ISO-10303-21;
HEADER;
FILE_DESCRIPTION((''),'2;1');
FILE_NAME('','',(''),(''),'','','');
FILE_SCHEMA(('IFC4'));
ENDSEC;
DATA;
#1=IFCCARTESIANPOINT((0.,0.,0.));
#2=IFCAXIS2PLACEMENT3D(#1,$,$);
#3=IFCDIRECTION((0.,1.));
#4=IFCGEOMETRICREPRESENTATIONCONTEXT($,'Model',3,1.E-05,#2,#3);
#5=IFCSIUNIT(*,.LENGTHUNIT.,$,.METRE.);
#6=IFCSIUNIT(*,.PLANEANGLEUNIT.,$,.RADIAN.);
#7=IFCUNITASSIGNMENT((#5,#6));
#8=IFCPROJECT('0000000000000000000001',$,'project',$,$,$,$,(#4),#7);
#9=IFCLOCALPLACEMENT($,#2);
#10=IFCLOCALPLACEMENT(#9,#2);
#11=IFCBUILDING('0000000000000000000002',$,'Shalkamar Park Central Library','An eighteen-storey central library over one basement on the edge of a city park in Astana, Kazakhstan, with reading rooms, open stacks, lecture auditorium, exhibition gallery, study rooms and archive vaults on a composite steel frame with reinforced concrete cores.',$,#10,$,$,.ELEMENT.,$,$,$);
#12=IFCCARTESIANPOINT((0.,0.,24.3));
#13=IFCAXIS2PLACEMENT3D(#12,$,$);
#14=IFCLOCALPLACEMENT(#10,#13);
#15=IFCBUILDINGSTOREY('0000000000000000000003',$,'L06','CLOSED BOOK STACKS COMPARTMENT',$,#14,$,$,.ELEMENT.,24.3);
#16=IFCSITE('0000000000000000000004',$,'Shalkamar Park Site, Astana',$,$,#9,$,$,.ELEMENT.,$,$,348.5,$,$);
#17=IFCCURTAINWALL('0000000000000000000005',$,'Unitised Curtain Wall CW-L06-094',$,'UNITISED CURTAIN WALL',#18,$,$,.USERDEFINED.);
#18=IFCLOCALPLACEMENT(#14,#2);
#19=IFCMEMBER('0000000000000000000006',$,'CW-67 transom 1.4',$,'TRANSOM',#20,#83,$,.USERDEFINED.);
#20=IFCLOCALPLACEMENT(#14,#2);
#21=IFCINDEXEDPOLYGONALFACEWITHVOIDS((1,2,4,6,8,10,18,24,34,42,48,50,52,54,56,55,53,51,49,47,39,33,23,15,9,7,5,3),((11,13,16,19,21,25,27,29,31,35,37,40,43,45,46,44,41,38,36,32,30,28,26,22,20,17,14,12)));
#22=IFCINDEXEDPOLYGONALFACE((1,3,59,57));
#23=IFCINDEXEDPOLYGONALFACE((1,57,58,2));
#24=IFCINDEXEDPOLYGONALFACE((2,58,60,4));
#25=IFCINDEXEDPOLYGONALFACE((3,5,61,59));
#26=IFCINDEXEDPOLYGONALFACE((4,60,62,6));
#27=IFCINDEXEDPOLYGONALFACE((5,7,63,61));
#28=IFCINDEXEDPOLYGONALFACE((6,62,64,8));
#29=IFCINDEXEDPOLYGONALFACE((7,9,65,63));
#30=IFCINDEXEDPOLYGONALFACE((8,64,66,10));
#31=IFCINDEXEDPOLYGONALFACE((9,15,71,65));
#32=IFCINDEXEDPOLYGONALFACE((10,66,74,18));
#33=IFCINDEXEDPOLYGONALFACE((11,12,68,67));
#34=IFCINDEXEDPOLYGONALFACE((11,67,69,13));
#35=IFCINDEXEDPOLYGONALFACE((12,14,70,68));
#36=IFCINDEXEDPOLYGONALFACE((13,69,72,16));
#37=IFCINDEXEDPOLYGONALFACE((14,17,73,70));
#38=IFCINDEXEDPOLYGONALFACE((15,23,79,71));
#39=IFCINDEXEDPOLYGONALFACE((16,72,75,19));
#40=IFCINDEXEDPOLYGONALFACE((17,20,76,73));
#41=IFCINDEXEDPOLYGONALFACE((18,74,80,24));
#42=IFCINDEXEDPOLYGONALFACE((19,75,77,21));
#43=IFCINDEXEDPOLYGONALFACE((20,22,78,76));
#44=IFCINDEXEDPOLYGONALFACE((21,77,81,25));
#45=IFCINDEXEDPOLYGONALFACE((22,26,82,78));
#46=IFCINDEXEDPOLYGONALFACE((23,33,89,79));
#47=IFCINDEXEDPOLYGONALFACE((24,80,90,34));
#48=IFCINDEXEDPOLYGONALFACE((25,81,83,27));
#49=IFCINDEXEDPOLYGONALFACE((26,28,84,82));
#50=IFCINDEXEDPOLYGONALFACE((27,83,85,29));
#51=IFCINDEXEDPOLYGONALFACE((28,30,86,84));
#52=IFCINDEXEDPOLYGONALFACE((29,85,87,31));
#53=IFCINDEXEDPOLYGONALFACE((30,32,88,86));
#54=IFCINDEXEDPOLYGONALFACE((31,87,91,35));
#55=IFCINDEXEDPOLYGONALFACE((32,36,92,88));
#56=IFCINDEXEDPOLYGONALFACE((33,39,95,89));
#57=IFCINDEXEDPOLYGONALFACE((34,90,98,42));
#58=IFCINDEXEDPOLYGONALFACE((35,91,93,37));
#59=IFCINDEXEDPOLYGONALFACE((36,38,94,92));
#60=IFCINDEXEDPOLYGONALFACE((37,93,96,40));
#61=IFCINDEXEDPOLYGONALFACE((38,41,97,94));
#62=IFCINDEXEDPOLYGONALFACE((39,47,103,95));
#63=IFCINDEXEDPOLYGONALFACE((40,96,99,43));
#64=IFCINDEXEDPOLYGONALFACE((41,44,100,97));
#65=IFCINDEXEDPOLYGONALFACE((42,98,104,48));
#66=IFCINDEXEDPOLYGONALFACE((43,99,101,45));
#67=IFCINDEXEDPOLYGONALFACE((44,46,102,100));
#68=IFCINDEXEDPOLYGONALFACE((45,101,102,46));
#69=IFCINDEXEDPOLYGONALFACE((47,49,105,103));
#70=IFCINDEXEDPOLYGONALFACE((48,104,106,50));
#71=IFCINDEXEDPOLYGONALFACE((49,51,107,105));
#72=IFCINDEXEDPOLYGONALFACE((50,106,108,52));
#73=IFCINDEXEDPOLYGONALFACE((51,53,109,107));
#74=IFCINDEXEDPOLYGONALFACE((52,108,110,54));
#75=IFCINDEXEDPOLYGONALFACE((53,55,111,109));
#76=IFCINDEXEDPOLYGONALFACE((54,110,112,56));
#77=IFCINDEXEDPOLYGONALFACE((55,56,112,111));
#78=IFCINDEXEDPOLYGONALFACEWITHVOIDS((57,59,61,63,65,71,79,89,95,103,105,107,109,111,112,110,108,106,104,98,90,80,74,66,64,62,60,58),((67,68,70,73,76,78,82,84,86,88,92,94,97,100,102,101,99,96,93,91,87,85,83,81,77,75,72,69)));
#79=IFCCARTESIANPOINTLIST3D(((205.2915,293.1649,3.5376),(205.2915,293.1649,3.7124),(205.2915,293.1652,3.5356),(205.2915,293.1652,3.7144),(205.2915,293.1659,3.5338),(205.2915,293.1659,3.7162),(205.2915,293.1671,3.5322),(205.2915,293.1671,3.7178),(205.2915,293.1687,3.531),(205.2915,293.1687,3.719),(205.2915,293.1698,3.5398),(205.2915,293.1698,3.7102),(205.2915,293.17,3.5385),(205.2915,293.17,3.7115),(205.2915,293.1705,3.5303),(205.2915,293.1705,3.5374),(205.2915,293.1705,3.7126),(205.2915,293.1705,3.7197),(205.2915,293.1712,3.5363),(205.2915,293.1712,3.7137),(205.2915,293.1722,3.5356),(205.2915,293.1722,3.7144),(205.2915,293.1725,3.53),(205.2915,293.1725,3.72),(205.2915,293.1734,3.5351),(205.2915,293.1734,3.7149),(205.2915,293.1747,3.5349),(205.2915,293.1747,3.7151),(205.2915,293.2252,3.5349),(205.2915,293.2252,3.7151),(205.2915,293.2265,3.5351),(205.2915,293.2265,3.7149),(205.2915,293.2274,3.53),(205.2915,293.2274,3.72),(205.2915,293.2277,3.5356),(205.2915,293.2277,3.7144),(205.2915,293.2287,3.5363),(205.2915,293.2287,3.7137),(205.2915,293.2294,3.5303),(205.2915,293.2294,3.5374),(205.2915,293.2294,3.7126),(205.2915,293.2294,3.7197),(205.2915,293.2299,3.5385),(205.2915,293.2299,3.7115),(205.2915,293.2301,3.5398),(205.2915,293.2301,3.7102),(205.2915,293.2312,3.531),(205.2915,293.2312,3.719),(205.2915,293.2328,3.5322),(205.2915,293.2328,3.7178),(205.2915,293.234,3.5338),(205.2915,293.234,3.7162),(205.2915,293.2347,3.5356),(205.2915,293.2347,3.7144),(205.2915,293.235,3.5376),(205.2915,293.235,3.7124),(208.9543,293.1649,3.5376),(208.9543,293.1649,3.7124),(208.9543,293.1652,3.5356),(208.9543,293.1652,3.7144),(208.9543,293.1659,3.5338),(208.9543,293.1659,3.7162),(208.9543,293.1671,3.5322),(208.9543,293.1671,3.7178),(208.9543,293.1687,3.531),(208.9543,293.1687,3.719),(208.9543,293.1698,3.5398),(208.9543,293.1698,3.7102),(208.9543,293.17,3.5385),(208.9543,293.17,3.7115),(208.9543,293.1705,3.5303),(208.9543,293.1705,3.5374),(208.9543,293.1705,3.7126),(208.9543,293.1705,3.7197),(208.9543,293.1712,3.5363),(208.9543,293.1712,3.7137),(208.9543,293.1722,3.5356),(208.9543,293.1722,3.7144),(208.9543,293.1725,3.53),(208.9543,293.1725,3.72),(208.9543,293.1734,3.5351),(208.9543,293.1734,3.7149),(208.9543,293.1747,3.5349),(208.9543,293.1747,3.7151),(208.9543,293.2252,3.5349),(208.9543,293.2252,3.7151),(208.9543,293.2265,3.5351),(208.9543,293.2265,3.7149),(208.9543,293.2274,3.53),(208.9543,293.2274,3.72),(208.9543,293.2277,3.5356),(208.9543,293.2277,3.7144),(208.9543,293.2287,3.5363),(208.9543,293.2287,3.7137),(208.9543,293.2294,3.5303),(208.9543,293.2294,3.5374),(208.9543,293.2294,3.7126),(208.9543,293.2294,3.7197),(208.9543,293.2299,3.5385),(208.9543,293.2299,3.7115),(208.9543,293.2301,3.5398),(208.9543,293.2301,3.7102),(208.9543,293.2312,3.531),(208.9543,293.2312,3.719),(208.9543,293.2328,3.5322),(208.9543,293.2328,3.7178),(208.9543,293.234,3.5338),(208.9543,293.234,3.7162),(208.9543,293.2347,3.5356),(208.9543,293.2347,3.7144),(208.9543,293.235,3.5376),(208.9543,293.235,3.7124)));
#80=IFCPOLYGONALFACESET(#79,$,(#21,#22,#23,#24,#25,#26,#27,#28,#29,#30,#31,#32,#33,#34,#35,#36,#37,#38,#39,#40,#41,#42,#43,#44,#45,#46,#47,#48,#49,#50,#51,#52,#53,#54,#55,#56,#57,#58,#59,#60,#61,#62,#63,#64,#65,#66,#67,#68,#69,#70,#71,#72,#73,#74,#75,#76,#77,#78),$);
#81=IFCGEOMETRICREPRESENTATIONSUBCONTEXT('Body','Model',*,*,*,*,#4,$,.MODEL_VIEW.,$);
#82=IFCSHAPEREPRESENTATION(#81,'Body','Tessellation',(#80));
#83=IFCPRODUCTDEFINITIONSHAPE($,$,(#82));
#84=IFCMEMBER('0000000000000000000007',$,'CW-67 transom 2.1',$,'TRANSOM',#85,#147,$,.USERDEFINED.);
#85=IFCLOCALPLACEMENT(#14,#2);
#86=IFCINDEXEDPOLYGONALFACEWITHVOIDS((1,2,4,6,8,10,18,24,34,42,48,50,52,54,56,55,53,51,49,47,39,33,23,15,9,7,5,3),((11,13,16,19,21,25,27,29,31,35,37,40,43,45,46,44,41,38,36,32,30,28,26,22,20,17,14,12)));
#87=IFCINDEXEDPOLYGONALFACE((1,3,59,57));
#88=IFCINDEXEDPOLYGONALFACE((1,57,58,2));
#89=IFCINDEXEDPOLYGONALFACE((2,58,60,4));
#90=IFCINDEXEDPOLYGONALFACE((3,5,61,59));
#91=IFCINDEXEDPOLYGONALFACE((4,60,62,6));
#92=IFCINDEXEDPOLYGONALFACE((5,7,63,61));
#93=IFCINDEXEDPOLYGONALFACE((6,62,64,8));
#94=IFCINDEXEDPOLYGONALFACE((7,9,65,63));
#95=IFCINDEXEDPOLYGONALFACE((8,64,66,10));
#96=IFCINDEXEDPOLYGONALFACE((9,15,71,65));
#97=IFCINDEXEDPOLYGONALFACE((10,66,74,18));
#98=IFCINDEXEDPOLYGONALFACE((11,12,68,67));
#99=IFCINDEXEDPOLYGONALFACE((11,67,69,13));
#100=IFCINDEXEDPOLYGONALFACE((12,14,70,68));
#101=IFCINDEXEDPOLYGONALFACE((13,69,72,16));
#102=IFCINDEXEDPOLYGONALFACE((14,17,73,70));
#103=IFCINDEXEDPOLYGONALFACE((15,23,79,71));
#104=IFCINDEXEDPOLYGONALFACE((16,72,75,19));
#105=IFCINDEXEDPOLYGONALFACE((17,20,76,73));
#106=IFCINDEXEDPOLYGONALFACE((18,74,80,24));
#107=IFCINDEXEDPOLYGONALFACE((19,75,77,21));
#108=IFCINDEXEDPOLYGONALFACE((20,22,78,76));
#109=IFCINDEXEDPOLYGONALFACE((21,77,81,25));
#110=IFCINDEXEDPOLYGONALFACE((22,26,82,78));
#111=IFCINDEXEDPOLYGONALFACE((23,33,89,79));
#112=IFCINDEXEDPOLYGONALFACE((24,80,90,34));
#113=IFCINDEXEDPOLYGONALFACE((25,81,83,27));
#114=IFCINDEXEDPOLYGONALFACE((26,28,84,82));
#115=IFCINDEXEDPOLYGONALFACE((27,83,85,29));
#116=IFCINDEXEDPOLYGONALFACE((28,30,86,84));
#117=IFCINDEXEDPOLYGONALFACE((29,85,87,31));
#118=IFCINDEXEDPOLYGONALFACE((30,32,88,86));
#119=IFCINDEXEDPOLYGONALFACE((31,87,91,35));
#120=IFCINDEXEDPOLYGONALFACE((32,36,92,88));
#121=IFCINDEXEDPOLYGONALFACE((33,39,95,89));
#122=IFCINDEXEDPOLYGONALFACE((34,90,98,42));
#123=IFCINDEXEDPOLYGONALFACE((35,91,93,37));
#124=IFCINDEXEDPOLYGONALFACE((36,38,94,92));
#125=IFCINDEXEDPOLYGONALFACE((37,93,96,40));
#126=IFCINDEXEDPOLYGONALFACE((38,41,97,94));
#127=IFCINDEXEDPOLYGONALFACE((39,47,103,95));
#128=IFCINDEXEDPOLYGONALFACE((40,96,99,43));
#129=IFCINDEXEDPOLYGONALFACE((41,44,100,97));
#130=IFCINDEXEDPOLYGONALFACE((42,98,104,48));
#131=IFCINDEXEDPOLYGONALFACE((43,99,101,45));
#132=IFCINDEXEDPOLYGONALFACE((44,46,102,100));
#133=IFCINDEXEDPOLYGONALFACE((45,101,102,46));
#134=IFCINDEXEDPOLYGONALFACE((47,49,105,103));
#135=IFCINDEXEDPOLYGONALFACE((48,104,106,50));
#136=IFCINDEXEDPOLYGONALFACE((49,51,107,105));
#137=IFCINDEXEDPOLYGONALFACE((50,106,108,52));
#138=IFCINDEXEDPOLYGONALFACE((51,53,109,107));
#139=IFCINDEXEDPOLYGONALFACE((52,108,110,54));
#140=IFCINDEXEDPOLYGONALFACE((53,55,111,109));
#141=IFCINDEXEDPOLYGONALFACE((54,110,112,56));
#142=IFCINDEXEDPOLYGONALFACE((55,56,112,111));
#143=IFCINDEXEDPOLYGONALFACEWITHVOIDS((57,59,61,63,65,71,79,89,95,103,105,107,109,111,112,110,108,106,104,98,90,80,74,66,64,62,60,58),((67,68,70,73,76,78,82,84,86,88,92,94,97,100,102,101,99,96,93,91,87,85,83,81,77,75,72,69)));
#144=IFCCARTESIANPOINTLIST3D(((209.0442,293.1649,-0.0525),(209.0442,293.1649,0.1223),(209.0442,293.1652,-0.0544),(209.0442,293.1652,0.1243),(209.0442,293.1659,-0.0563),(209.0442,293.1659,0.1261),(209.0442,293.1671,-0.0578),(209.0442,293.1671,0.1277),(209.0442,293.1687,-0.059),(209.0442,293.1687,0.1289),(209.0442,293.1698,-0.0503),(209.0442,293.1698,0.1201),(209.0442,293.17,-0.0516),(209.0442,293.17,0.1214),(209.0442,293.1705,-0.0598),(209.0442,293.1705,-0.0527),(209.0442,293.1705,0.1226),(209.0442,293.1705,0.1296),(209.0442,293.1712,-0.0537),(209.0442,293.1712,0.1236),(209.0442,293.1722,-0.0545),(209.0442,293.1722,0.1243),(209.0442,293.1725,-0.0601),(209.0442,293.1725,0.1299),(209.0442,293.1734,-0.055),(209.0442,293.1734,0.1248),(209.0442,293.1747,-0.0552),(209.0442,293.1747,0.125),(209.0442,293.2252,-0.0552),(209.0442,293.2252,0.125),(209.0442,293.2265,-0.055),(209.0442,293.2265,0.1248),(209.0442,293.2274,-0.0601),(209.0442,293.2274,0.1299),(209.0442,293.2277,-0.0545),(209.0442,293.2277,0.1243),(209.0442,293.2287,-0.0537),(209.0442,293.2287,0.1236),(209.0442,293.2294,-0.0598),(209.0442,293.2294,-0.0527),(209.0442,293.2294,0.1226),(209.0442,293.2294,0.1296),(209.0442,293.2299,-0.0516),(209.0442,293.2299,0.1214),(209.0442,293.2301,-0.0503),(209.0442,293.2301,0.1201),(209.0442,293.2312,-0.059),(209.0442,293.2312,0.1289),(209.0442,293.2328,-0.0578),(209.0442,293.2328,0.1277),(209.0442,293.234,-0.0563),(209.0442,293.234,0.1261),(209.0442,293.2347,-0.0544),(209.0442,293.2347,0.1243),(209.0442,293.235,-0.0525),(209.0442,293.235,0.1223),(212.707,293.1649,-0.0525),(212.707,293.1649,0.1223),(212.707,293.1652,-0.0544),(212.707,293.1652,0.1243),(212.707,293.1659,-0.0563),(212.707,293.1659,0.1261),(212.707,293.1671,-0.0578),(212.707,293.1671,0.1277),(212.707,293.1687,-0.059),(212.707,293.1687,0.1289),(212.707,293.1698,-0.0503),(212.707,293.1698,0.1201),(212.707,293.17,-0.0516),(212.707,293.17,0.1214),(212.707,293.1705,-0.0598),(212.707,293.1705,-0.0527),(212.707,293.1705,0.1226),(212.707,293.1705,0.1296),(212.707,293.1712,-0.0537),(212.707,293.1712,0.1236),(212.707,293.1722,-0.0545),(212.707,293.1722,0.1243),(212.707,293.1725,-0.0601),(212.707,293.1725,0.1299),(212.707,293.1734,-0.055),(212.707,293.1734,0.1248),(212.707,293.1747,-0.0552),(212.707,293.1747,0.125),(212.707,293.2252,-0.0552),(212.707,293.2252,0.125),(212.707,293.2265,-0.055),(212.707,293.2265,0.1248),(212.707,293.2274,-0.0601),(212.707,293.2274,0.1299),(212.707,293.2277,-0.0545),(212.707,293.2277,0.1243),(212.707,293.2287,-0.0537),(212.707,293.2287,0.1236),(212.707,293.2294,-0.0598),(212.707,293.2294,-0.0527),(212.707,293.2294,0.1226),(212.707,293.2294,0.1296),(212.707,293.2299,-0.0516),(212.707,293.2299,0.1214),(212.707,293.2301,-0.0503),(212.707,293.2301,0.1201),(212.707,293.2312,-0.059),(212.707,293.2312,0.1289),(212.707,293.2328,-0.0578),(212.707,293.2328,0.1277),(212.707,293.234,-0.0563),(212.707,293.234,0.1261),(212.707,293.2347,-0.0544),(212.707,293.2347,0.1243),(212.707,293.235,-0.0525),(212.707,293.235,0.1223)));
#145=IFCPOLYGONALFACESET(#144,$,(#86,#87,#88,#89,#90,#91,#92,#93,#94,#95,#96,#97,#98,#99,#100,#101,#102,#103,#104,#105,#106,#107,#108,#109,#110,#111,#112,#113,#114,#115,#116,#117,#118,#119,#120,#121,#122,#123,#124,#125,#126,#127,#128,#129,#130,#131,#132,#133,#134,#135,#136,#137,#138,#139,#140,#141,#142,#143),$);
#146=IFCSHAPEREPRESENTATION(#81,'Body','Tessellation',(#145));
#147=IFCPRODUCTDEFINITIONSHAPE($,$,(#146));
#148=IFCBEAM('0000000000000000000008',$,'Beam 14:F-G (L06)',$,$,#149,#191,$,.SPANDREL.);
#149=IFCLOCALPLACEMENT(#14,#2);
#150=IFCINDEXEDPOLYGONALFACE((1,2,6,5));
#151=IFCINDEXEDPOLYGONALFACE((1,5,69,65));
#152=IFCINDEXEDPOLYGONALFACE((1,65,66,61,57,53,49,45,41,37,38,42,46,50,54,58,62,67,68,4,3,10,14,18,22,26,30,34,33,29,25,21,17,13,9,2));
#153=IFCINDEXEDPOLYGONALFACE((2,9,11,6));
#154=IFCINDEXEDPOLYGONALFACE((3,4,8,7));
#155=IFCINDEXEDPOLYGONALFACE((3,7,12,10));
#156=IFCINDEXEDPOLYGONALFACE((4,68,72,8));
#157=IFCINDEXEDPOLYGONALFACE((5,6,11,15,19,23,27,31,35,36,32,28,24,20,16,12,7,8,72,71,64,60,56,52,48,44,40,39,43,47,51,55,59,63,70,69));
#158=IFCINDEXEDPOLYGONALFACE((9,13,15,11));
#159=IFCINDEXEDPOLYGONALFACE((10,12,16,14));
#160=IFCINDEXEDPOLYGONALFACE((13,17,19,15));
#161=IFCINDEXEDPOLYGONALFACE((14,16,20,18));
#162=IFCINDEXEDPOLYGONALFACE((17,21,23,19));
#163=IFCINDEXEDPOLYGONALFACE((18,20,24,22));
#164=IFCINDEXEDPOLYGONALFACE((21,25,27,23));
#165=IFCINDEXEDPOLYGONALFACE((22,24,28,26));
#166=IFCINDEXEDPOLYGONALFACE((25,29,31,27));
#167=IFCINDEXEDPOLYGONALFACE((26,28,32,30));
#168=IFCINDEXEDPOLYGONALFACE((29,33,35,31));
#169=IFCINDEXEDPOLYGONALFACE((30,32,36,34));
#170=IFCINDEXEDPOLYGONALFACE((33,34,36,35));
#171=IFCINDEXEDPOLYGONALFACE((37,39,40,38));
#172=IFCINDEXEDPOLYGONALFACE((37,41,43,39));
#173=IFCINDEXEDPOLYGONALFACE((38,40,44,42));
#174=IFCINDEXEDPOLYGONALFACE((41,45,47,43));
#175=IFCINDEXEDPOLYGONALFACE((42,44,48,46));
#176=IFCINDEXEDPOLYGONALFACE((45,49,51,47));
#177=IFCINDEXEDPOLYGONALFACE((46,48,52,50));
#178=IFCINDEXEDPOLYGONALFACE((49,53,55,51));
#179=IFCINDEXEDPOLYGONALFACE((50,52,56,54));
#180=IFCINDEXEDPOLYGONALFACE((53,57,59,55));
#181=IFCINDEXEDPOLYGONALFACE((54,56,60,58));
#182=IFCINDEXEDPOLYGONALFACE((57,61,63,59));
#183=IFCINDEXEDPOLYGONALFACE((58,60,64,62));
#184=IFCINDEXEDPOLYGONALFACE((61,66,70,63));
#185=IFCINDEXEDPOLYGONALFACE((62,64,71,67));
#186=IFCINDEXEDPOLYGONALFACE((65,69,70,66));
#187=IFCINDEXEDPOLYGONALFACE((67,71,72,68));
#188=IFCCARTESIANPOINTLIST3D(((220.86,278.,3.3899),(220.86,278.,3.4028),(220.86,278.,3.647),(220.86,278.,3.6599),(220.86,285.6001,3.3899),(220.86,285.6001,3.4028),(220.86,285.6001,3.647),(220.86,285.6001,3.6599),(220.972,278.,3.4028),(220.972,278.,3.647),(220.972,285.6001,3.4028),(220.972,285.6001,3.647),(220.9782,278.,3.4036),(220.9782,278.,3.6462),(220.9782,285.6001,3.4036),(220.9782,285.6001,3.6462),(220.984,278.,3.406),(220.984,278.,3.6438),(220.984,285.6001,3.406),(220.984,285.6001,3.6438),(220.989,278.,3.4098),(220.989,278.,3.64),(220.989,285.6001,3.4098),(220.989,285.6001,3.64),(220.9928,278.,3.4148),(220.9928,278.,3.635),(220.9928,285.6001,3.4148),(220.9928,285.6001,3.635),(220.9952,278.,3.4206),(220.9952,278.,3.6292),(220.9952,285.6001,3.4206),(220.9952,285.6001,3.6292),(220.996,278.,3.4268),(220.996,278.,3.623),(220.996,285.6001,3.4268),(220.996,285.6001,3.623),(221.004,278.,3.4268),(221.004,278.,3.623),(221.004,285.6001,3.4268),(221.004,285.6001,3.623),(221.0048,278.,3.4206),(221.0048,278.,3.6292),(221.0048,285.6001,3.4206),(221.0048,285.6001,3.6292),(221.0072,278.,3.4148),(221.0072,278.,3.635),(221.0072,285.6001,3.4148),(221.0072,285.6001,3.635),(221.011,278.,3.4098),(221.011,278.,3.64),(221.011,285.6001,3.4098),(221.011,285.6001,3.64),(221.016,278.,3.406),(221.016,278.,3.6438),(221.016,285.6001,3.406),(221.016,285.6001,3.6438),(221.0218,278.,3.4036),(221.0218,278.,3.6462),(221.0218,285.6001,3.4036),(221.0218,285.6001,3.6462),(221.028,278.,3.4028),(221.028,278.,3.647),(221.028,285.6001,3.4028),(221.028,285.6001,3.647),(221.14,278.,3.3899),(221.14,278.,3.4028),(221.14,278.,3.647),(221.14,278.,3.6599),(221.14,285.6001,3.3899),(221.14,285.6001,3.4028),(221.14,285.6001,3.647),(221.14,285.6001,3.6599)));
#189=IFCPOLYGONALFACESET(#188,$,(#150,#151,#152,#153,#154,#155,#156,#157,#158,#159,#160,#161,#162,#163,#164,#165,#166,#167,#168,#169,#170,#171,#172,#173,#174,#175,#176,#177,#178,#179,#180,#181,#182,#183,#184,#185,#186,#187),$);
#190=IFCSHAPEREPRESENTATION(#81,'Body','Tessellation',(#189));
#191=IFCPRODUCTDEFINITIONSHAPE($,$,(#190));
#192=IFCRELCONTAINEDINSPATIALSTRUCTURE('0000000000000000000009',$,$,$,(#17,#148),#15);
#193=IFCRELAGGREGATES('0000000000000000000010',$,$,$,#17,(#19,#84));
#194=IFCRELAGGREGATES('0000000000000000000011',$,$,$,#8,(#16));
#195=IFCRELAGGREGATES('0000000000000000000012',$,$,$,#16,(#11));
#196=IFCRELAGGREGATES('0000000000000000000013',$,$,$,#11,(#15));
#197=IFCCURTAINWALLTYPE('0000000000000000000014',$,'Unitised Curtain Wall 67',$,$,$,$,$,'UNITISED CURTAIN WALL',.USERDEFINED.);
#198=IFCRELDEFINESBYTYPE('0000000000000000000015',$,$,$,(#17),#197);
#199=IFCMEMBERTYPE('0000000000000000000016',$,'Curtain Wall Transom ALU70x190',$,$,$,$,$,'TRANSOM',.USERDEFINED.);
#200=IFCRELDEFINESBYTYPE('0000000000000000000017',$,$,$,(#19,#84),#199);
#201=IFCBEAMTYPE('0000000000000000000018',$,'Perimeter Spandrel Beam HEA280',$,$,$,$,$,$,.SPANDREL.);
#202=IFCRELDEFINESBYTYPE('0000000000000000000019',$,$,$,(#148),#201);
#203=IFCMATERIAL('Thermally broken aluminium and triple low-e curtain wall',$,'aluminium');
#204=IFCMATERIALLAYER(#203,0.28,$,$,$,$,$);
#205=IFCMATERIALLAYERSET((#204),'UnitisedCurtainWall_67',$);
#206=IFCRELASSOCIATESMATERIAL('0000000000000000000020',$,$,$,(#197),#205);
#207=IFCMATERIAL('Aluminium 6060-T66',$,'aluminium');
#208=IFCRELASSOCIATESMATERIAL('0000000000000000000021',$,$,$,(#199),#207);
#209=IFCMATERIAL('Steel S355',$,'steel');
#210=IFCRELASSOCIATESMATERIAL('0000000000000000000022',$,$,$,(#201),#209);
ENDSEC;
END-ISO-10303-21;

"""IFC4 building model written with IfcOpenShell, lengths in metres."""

from ifc_helpers import new_model, si_unit, direction, frame, origin, origin_2d, place, context, subcontext, project, spatial, hollow_rectangle, i_section, extrude, material, layer, layer_set, material_profile, profile_set, type_object, element, aggregate, save


model = new_model("IFC4")

# Units and contexts
model_context = context("Model", 3, precision=1e-05, world=origin(), true_north=direction((0.0, 1.0)))
body_context = subcontext(model_context, "Body", "Model", "MODEL_VIEW")
ifc_project = project(units=[si_unit("LENGTHUNIT", "METRE"), si_unit("PLANEANGLEUNIT", "RADIAN")], contexts=[model_context])

# Site, building, storey
site_placement = place(None, origin())
site = spatial("IfcSite", under=ifc_project, at=site_placement, Name="Shalkamar Park Site, Astana", CompositionType="ELEMENT", RefElevation=348.5)
building_placement = place(site_placement, origin())
building = spatial("IfcBuilding", under=site, at=building_placement, Name="Shalkamar Park Central Library", Description="An eighteen-storey central library over one basement on the edge of a city park in Astana, Kazakhstan, with reading rooms, open stacks, lecture auditorium, exhibition gallery, study rooms and archive vaults on a composite steel frame with reinforced concrete cores.", CompositionType="ELEMENT")
storey_placement = place(building_placement, frame((0.0, 0.0, 24.3)))
storey = spatial("IfcBuildingStorey", under=building, at=storey_placement, Name="L06", Description="CLOSED BOOK STACKS COMPARTMENT", CompositionType="ELEMENT", Elevation=24.3)

# Shared definitions
ifc_material_1 = material(Name="Steel S355", Category="steel")

# Curtain wall, members
ifc_material_2 = material(Name="Thermally broken aluminium and triple low-e curtain wall", Category="aluminium")
ifc_layer_1 = layer(ifc_material_2, 0.28)
ifc_layer_set_1 = layer_set([ifc_layer_1], Name="UnitisedCurtainWall_67")
curtain_wall_type = type_object("IfcCurtainWallType", Name="Unitised Curtain Wall 67", ElementType="UNITISED CURTAIN WALL", PredefinedType="USERDEFINED", material=ifc_layer_set_1)
curtain_wall_placement = place(storey_placement, origin())
curtain_wall = element("IfcCurtainWall", 1, at=curtain_wall_placement, inside=storey, type_object=curtain_wall_type, Name="Unitised Curtain Wall CW-L06-094", ObjectType="UNITISED CURTAIN WALL", PredefinedType="USERDEFINED")
ifc_material_3 = material(Name="Aluminium 6060-T66", Category="aluminium")
ifc_material_profile_1 = material_profile(ifc_material_3, hollow_rectangle(XDim=0.0701, YDim=0.1899, WallThickness=0.0049, InnerFilletRadius=0.0049, OuterFilletRadius=0.0076, at=origin_2d()), Name="ALU 70x190x5")
ifc_profile_set_1 = profile_set([ifc_material_profile_1], Name="Aluminium 6060-T66")
member_type_1 = type_object("IfcMemberType", Name="Curtain Wall Transom ALU70x190", ElementType="TRANSOM", PredefinedType="USERDEFINED", material=ifc_profile_set_1)
member_1_placement = place(storey_placement, frame((205.2915, 293.2, 3.625), z_axis=(1.0, 0.0, 0.0), x_axis=(0.0, 1.0, 0.0)))
member_1 = element("IfcMember", 2, at=member_1_placement, type_object=member_type_1, Name="CW-67 transom 1.4", ObjectType="TRANSOM", PredefinedType="USERDEFINED", context=body_context, shape_type="SweptSolid", body=[
    extrude(hollow_rectangle(XDim=0.0701, YDim=0.1899, WallThickness=0.0049, InnerFilletRadius=0.0049, OuterFilletRadius=0.0076, at=origin_2d()), origin(), (0.0, 0.0, 1.0), 3.6628),
])
member_2_placement = place(storey_placement, frame((209.0442, 293.2, 0.0349), z_axis=(1.0, 0.0, 0.0), x_axis=(0.0, 1.0, 0.0)))
member_2 = element("IfcMember", 3, at=member_2_placement, type_object=member_type_1, Name="CW-67 transom 2.1", ObjectType="TRANSOM", PredefinedType="USERDEFINED", context=body_context, shape_type="SweptSolid", body=[
    extrude(hollow_rectangle(XDim=0.0701, YDim=0.1899, WallThickness=0.0049, InnerFilletRadius=0.0049, OuterFilletRadius=0.0076, at=origin_2d()), origin(), (0.0, 0.0, 1.0), 3.6628),
])

# Beam
ifc_material_profile_2 = material_profile(ifc_material_1, i_section(OverallWidth=0.28, OverallDepth=0.27, WebThickness=0.0081, FlangeThickness=0.0129, FilletRadius=0.0239, at=origin_2d()), Name="HEA 280")
ifc_profile_set_2 = profile_set([ifc_material_profile_2], Name="Steel S355")
beam_type_1 = type_object("IfcBeamType", Name="Perimeter Spandrel Beam HEA280", PredefinedType="SPANDREL", material=ifc_profile_set_2)
beam_1_placement = place(storey_placement, frame((221.0, 278.0, 3.5249), z_axis=(0.0, 1.0, 0.0), x_axis=(-1.0, 0.0, 0.0)))
element("IfcBeam", 4, at=beam_1_placement, inside=storey, type_object=beam_type_1, Name="Beam 14:F-G (L06)", PredefinedType="SPANDREL", context=body_context, shape_type="SweptSolid", body=[
    extrude(i_section(OverallWidth=0.28, OverallDepth=0.27, WebThickness=0.0081, FlangeThickness=0.0129, FilletRadius=0.0239, at=origin_2d()), origin(), (0.0, 0.0, 1.0), 7.6001),
])

aggregate(curtain_wall, [member_1, member_2])

save(model, "model.ifc")
